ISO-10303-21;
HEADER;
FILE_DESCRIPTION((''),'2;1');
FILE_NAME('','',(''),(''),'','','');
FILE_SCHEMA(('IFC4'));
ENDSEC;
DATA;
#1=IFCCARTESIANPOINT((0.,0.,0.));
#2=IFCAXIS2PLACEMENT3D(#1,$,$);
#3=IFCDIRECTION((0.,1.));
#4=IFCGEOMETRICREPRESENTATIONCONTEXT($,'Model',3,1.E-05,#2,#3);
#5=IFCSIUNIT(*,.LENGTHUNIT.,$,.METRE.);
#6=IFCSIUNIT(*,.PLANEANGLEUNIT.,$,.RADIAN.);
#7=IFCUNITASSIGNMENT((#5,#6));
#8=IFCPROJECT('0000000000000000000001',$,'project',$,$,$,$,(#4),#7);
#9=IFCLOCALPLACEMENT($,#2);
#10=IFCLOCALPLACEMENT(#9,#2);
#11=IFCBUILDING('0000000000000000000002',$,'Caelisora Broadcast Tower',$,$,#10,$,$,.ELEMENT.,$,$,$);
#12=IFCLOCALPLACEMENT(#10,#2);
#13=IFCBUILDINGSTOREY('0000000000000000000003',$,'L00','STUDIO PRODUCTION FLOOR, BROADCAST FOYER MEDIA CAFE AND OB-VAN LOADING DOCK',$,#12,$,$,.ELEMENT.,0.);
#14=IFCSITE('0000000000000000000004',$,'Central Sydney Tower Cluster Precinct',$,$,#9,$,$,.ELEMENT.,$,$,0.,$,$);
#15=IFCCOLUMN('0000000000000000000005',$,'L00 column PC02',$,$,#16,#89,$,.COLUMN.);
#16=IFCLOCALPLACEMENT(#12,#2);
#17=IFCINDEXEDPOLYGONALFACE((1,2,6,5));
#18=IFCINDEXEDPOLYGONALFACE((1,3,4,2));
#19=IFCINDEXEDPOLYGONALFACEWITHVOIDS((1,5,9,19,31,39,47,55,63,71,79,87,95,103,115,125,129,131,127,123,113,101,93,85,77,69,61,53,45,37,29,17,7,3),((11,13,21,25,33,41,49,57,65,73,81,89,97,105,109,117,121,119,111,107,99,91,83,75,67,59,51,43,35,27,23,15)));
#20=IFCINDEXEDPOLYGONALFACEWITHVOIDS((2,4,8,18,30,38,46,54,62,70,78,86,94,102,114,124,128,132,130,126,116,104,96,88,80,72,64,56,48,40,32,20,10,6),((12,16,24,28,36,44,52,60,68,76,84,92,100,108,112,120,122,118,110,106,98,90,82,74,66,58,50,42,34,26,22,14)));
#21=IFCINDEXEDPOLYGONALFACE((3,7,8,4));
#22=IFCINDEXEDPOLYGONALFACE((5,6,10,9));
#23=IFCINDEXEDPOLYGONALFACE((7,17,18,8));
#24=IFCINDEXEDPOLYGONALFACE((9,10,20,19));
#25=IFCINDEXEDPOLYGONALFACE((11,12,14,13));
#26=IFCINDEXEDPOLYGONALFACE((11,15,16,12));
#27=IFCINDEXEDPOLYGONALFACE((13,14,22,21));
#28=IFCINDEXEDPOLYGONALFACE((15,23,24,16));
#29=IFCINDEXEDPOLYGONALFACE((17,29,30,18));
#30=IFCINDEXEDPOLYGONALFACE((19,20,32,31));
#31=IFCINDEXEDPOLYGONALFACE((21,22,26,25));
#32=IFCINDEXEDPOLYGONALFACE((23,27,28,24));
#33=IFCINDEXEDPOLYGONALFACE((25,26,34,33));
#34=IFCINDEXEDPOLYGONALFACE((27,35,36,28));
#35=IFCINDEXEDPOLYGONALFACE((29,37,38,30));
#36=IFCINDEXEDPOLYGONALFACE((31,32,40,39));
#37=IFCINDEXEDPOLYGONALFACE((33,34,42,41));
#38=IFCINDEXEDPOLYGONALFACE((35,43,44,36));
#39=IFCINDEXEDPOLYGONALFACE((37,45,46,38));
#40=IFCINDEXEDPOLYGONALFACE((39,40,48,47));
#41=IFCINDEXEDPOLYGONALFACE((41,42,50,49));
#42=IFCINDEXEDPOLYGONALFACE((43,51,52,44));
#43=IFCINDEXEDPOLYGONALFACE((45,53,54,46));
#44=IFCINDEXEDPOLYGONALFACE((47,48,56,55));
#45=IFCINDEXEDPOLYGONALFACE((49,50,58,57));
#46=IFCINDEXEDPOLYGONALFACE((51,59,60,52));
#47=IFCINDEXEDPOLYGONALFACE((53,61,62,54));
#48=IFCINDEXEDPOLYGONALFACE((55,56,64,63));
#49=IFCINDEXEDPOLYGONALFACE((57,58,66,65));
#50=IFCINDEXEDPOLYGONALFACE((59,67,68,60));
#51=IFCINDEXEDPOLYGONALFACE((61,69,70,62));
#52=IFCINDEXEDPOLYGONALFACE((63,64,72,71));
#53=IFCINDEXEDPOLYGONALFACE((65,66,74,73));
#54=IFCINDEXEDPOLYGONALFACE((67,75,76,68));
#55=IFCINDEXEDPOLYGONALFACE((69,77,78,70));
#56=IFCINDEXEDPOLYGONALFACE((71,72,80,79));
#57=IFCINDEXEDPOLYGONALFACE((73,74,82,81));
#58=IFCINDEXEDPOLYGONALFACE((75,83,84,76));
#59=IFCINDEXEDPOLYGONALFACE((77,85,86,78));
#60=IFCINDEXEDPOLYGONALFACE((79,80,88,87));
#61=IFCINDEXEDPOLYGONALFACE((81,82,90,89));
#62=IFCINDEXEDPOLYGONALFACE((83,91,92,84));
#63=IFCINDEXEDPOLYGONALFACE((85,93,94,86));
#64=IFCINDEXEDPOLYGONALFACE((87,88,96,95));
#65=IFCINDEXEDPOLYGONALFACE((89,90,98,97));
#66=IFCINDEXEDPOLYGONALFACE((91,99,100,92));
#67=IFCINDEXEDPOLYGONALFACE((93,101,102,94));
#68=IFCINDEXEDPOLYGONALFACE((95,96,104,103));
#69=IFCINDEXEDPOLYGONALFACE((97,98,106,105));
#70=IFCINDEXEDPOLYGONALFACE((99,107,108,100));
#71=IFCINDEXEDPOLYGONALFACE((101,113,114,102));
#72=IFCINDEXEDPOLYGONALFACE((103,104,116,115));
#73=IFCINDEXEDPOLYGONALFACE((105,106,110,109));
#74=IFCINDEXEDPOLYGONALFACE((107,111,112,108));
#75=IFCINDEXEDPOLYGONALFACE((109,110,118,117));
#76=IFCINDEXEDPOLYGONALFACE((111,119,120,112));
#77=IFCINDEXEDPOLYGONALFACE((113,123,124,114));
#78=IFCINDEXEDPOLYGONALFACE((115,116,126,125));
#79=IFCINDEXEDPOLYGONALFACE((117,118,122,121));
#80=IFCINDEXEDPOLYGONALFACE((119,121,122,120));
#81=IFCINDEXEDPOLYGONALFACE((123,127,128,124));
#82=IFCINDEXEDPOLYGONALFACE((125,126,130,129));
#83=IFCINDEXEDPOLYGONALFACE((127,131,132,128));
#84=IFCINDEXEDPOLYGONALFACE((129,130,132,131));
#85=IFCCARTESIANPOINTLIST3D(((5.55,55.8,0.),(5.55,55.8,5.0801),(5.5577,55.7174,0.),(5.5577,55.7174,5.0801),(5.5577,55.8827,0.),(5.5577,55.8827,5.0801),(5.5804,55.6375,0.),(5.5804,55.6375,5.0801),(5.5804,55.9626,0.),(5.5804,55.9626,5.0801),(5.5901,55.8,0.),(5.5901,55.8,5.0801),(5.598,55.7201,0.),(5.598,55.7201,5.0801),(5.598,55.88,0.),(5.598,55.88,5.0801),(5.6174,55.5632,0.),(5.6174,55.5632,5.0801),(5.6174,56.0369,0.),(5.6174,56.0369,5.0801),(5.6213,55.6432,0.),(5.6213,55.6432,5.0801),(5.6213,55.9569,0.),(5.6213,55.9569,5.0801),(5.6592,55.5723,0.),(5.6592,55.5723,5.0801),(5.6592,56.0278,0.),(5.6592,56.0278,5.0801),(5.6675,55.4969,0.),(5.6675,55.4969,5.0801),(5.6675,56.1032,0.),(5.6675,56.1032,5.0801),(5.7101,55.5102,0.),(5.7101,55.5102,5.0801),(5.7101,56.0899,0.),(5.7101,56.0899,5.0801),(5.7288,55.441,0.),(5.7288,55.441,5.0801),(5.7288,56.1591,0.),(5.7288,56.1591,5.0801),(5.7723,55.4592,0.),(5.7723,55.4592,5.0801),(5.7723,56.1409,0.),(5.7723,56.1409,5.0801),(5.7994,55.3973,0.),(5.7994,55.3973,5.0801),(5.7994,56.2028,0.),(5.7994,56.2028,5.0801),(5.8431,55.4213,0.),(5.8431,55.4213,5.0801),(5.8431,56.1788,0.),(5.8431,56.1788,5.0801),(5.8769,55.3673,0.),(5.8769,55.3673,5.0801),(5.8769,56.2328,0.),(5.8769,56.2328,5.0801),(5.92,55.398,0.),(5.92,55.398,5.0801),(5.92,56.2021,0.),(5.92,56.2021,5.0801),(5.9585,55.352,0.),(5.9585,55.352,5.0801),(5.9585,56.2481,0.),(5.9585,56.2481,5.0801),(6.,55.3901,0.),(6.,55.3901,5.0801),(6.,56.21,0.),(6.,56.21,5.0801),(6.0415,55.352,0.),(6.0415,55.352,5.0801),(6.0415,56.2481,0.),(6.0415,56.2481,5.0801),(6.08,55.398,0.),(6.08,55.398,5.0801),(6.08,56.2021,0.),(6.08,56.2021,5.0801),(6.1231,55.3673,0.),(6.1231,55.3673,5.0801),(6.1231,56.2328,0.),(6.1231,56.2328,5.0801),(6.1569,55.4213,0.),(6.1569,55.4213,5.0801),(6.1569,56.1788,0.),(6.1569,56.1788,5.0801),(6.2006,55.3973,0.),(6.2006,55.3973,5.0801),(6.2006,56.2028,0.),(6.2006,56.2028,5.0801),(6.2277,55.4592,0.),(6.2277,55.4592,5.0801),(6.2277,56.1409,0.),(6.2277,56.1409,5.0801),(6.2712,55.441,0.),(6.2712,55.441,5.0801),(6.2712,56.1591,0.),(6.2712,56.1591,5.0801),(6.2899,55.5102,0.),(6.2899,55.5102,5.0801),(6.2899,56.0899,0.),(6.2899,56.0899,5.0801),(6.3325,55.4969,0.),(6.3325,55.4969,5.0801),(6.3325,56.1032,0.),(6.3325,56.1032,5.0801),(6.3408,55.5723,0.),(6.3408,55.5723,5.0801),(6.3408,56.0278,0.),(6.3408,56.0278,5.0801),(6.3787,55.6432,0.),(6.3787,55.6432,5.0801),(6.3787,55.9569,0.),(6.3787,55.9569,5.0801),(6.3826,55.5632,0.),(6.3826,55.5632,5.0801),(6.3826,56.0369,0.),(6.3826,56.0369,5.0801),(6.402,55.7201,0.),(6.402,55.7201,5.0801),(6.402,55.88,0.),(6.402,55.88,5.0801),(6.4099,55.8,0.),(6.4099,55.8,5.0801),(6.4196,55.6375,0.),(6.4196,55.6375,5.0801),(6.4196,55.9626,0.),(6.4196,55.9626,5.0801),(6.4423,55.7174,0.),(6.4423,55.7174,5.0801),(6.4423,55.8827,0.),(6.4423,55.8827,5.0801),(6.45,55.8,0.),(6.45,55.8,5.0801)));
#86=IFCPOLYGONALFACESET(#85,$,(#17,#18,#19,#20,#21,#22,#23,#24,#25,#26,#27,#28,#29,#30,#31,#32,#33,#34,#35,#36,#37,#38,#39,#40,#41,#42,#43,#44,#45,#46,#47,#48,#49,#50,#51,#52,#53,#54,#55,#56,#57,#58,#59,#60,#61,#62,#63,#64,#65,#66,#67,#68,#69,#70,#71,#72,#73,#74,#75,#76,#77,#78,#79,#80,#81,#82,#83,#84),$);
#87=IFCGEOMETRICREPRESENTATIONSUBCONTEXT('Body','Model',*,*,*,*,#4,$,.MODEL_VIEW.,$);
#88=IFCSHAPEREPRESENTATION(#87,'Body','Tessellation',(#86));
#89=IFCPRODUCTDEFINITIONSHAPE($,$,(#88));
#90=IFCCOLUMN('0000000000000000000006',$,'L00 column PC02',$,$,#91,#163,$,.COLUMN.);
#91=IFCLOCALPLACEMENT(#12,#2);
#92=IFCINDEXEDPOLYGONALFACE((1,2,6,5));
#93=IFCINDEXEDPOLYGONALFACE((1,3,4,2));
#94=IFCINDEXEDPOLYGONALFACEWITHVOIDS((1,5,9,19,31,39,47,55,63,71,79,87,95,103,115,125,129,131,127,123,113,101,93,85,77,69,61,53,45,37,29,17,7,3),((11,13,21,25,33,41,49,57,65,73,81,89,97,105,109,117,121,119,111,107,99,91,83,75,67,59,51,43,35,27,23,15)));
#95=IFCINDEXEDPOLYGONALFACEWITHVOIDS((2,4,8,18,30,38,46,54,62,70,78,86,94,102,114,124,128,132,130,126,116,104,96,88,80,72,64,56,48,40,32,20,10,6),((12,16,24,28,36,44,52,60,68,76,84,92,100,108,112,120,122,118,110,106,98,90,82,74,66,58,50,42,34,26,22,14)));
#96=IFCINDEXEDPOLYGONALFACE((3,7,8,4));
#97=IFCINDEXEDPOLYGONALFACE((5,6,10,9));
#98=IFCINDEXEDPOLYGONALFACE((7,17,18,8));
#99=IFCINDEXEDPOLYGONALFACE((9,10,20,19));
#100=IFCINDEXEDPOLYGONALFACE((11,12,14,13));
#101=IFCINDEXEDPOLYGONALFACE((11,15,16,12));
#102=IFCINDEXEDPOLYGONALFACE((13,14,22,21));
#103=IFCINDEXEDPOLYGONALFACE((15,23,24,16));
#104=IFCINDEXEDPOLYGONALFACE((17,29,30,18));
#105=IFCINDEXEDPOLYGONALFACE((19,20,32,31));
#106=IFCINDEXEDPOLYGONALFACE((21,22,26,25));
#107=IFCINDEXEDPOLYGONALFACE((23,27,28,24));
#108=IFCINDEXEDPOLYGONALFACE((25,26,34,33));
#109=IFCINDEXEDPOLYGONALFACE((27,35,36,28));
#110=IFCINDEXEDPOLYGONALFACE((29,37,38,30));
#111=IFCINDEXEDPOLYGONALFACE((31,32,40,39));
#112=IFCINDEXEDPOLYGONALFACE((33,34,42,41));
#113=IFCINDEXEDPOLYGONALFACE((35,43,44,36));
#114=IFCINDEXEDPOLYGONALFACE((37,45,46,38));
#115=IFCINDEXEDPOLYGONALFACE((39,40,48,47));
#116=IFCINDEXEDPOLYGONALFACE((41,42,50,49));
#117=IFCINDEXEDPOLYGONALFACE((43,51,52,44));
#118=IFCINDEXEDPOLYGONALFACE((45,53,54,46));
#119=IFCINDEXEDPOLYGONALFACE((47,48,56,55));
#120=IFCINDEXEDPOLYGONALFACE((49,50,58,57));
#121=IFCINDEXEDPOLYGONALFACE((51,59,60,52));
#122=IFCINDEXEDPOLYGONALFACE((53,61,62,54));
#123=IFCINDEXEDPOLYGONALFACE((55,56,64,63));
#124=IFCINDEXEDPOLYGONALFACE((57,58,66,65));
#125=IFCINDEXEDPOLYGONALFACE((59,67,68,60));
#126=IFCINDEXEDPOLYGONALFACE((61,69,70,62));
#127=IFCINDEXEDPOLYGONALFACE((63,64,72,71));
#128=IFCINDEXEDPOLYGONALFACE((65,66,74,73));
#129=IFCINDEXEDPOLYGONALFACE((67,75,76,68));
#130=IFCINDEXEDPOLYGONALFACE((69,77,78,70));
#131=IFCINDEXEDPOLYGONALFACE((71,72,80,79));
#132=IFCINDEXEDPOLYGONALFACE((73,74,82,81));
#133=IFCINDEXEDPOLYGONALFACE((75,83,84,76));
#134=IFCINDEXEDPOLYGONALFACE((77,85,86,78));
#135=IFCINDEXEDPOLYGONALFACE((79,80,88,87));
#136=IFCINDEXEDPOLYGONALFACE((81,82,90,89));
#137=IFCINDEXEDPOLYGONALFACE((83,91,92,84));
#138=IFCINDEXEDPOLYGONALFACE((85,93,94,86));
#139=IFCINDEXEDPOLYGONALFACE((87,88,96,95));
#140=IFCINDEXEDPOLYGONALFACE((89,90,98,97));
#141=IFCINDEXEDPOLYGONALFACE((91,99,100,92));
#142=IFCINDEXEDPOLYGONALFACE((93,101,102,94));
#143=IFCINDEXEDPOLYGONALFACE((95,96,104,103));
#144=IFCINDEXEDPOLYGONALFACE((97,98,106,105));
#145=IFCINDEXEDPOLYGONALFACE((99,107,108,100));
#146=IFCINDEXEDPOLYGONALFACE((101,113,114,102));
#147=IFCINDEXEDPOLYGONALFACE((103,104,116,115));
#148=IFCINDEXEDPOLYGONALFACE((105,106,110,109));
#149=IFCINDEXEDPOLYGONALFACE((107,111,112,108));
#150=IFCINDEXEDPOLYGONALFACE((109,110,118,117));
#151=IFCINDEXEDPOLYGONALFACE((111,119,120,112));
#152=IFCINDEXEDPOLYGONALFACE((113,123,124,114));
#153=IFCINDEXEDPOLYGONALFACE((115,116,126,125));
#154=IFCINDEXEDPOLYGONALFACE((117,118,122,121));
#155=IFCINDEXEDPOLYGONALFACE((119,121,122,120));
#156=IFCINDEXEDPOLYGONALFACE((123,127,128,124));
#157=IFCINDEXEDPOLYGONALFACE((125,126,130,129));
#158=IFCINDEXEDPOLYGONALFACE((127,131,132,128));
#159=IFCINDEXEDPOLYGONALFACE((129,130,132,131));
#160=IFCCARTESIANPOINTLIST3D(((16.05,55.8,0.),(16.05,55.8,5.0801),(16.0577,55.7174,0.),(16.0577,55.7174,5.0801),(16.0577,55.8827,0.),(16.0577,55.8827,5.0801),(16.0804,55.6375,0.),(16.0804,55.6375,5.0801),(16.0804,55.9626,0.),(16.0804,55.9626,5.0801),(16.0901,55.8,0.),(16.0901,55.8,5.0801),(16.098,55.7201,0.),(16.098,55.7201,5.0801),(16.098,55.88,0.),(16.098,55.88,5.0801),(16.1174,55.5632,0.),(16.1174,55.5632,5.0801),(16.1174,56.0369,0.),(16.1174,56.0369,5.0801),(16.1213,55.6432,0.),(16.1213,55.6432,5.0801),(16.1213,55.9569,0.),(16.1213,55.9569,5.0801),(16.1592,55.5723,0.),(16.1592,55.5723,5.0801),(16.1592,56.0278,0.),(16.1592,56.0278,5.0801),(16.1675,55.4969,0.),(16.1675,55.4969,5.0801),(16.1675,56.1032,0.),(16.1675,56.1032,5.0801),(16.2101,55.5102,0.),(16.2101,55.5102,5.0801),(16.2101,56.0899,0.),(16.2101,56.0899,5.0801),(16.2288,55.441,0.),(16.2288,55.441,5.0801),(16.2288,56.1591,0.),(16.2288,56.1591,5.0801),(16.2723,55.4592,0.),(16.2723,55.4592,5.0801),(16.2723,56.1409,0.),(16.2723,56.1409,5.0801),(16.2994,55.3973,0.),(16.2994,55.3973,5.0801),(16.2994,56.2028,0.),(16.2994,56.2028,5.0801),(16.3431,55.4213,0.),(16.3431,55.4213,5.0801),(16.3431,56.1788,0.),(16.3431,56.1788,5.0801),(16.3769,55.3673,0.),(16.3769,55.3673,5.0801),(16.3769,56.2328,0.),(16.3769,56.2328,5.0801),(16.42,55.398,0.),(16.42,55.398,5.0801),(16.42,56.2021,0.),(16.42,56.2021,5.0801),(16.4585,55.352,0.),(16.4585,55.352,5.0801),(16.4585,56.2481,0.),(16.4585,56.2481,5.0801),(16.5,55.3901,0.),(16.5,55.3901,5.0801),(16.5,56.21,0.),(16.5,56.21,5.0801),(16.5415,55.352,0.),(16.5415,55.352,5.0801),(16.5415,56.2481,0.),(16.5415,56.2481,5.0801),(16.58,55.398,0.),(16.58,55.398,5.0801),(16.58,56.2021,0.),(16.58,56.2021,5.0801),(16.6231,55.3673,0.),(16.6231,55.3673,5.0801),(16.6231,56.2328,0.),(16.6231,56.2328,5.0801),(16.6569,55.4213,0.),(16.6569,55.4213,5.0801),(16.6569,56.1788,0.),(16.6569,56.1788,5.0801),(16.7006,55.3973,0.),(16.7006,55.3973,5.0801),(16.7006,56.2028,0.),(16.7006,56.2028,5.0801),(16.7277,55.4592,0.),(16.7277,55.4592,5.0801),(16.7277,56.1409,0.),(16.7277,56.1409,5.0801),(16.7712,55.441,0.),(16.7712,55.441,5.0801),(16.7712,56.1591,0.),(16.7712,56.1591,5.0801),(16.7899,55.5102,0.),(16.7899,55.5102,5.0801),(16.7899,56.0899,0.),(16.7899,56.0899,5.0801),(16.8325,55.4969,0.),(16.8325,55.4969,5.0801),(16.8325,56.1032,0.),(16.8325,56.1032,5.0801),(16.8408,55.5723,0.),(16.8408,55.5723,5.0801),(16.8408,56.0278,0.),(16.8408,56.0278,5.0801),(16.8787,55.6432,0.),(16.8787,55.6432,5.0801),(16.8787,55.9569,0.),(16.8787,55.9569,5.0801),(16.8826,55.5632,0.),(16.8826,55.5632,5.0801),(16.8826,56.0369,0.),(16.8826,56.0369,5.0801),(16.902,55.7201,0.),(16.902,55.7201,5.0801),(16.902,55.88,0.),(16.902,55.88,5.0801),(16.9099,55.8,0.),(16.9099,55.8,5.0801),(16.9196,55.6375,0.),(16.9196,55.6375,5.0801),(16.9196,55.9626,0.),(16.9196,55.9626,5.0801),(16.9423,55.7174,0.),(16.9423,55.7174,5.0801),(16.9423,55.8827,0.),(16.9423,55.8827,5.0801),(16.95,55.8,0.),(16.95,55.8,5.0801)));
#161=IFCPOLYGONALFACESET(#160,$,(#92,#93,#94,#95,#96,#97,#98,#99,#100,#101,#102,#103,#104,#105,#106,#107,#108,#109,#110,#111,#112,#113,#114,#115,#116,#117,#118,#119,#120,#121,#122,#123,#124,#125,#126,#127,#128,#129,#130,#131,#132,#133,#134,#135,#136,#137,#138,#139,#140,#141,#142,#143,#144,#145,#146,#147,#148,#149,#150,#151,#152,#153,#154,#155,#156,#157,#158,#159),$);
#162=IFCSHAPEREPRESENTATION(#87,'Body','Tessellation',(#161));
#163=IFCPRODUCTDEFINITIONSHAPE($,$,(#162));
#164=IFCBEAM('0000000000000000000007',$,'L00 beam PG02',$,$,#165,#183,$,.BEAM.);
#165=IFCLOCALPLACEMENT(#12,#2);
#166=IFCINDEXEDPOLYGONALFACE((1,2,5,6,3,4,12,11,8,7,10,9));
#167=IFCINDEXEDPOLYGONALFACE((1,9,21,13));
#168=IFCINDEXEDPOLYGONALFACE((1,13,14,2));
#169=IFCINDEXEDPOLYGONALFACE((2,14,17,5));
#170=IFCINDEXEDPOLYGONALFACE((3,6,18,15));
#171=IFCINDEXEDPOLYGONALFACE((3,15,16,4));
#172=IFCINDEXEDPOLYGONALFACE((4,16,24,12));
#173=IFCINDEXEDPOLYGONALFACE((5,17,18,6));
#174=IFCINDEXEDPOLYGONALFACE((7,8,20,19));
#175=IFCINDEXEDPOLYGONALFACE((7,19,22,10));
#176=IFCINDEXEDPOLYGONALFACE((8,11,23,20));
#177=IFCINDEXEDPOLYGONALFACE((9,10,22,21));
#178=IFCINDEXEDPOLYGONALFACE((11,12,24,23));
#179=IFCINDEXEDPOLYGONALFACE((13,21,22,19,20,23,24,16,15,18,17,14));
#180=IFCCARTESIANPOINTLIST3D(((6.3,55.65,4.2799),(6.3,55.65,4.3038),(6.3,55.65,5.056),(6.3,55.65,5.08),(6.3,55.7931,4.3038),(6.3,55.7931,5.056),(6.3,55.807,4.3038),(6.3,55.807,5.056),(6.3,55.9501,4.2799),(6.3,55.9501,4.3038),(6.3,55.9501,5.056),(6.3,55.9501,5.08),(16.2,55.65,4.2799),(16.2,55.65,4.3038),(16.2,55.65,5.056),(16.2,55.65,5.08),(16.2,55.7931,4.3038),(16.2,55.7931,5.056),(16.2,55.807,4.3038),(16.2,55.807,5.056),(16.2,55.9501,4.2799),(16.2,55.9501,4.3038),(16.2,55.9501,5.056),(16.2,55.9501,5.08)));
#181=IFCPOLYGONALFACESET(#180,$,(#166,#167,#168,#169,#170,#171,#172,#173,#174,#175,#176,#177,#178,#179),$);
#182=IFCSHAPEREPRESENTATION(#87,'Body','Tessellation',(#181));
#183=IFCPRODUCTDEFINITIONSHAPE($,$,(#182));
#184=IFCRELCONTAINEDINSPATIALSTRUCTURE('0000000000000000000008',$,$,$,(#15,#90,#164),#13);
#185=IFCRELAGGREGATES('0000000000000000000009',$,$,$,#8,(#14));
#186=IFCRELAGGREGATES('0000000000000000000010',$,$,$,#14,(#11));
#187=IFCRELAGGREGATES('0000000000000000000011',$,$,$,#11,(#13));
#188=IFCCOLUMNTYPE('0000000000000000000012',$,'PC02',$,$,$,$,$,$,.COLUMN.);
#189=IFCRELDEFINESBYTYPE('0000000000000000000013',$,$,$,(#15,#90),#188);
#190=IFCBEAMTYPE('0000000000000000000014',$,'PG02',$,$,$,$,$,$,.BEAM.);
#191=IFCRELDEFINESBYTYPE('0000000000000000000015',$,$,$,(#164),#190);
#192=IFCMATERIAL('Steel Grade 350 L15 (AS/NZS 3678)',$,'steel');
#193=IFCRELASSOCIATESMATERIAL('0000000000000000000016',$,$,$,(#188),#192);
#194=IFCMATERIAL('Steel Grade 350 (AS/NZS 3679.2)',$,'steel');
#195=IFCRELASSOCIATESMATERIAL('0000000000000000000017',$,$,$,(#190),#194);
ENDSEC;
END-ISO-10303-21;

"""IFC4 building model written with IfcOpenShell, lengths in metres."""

from ifc_helpers import new_model, si_unit, direction, frame, origin, origin_2d, place, context, subcontext, project, spatial, hollow_circle, i_section, extrude, source, transform, mapped, material, material_profile, profile_set, type_object, type_shapes, element, save


model = new_model("IFC4")

# Units and contexts
model_context = context("Model", 3, precision=1e-05, world=origin(), true_north=direction((0.0, 1.0)))
body_context = subcontext(model_context, "Body", "Model", "MODEL_VIEW")
ifc_project = project(units=[si_unit("LENGTHUNIT", "METRE"), si_unit("PLANEANGLEUNIT", "RADIAN")], contexts=[model_context])

# Site, building, storey
site_placement = place(None, origin())
site = spatial("IfcSite", under=ifc_project, at=site_placement, Name="Central Sydney Tower Cluster Precinct", CompositionType="ELEMENT", RefElevation=0.0)
building_placement = place(site_placement, origin())
building = spatial("IfcBuilding", under=site, at=building_placement, Name="Caelisora Broadcast Tower", CompositionType="ELEMENT")
storey_placement = place(building_placement, origin())
storey = spatial("IfcBuildingStorey", under=building, at=storey_placement, Name="L00", Description="STUDIO PRODUCTION FLOOR, BROADCAST FOYER MEDIA CAFE AND OB-VAN LOADING DOCK", CompositionType="ELEMENT", Elevation=0.0)

# Columns
ifc_material_1 = material(Name="Steel Grade 350 L15 (AS/NZS 3678)", Category="steel")
ifc_material_profile_1 = material_profile(ifc_material_1, hollow_circle(Radius=0.45, WallThickness=0.04, at=origin_2d()), Name="Steel Grade 350 L15 (AS/NZS 3678)")
ifc_profile_set_1 = profile_set([ifc_material_profile_1], Name="Steel Grade 350 L15 (AS/NZS 3678)")
column_type = type_object("IfcColumnType", Name="PC02", PredefinedType="COLUMN", material=ifc_profile_set_1)
shared_shape_1 = source(origin(), body_context, "Body", "SweptSolid", [
    extrude(hollow_circle(Radius=0.45, WallThickness=0.04, at=origin_2d()), origin(), (0.0, 0.0, 1.0), 5.0801),
])
type_shapes(column_type, [shared_shape_1])
for number, where, z_axis, x_axis, name in (
    (1, (6.0, 55.8, 0.0), (0.0, 0.0, 1.0), (1.0, 0.0, 0.0), "L00 column PC02"),
    (2, (16.5, 55.8, 0.0), (0.0, 0.0, 1.0), (1.0, 0.0, 0.0), "L00 column PC02"),
):
    element("IfcColumn", number, at=place(storey_placement, frame(where, z_axis=z_axis, x_axis=x_axis)), inside=storey, type_object=column_type, Name=name, PredefinedType="COLUMN", context=body_context, shape_type="MappedRepresentation", body=[
        mapped(shared_shape_1, transform((0.0, 0.0, 0.0), scale=1.0)),
    ])

# Beam
ifc_material_2 = material(Name="Steel Grade 350 (AS/NZS 3679.2)", Category="steel")
ifc_material_profile_2 = material_profile(ifc_material_2, i_section(OverallWidth=0.3, OverallDepth=0.8, WebThickness=0.0139, FlangeThickness=0.0239, at=origin_2d()), Name="Steel Grade 350 (AS/NZS 3679.2)")
ifc_profile_set_2 = profile_set([ifc_material_profile_2], Name="Steel Grade 350 (AS/NZS 3679.2)")
beam_type = type_object("IfcBeamType", Name="PG02", PredefinedType="BEAM", material=ifc_profile_set_2)
shared_shape_2 = source(origin(), body_context, "Body", "SweptSolid", [
    extrude(i_section(OverallWidth=0.3, OverallDepth=0.8, WebThickness=0.0139, FlangeThickness=0.0239, at=origin_2d()), origin(), (0.0, 0.0, 1.0), 9.8999),
])
beam_1_placement = place(storey_placement, frame((6.3, 55.8, 4.6799), z_axis=(1.0, 0.0, 0.0), x_axis=(0.0, 1.0, 0.0)))
element("IfcBeam", 3, at=beam_1_placement, inside=storey, type_object=beam_type, Name="L00 beam PG02", PredefinedType="BEAM", context=body_context, shape_type="MappedRepresentation", body=[
    mapped(shared_shape_2, transform((0.0, 0.0, 0.0), scale=1.0)),
])

save(model, "model.ifc")
